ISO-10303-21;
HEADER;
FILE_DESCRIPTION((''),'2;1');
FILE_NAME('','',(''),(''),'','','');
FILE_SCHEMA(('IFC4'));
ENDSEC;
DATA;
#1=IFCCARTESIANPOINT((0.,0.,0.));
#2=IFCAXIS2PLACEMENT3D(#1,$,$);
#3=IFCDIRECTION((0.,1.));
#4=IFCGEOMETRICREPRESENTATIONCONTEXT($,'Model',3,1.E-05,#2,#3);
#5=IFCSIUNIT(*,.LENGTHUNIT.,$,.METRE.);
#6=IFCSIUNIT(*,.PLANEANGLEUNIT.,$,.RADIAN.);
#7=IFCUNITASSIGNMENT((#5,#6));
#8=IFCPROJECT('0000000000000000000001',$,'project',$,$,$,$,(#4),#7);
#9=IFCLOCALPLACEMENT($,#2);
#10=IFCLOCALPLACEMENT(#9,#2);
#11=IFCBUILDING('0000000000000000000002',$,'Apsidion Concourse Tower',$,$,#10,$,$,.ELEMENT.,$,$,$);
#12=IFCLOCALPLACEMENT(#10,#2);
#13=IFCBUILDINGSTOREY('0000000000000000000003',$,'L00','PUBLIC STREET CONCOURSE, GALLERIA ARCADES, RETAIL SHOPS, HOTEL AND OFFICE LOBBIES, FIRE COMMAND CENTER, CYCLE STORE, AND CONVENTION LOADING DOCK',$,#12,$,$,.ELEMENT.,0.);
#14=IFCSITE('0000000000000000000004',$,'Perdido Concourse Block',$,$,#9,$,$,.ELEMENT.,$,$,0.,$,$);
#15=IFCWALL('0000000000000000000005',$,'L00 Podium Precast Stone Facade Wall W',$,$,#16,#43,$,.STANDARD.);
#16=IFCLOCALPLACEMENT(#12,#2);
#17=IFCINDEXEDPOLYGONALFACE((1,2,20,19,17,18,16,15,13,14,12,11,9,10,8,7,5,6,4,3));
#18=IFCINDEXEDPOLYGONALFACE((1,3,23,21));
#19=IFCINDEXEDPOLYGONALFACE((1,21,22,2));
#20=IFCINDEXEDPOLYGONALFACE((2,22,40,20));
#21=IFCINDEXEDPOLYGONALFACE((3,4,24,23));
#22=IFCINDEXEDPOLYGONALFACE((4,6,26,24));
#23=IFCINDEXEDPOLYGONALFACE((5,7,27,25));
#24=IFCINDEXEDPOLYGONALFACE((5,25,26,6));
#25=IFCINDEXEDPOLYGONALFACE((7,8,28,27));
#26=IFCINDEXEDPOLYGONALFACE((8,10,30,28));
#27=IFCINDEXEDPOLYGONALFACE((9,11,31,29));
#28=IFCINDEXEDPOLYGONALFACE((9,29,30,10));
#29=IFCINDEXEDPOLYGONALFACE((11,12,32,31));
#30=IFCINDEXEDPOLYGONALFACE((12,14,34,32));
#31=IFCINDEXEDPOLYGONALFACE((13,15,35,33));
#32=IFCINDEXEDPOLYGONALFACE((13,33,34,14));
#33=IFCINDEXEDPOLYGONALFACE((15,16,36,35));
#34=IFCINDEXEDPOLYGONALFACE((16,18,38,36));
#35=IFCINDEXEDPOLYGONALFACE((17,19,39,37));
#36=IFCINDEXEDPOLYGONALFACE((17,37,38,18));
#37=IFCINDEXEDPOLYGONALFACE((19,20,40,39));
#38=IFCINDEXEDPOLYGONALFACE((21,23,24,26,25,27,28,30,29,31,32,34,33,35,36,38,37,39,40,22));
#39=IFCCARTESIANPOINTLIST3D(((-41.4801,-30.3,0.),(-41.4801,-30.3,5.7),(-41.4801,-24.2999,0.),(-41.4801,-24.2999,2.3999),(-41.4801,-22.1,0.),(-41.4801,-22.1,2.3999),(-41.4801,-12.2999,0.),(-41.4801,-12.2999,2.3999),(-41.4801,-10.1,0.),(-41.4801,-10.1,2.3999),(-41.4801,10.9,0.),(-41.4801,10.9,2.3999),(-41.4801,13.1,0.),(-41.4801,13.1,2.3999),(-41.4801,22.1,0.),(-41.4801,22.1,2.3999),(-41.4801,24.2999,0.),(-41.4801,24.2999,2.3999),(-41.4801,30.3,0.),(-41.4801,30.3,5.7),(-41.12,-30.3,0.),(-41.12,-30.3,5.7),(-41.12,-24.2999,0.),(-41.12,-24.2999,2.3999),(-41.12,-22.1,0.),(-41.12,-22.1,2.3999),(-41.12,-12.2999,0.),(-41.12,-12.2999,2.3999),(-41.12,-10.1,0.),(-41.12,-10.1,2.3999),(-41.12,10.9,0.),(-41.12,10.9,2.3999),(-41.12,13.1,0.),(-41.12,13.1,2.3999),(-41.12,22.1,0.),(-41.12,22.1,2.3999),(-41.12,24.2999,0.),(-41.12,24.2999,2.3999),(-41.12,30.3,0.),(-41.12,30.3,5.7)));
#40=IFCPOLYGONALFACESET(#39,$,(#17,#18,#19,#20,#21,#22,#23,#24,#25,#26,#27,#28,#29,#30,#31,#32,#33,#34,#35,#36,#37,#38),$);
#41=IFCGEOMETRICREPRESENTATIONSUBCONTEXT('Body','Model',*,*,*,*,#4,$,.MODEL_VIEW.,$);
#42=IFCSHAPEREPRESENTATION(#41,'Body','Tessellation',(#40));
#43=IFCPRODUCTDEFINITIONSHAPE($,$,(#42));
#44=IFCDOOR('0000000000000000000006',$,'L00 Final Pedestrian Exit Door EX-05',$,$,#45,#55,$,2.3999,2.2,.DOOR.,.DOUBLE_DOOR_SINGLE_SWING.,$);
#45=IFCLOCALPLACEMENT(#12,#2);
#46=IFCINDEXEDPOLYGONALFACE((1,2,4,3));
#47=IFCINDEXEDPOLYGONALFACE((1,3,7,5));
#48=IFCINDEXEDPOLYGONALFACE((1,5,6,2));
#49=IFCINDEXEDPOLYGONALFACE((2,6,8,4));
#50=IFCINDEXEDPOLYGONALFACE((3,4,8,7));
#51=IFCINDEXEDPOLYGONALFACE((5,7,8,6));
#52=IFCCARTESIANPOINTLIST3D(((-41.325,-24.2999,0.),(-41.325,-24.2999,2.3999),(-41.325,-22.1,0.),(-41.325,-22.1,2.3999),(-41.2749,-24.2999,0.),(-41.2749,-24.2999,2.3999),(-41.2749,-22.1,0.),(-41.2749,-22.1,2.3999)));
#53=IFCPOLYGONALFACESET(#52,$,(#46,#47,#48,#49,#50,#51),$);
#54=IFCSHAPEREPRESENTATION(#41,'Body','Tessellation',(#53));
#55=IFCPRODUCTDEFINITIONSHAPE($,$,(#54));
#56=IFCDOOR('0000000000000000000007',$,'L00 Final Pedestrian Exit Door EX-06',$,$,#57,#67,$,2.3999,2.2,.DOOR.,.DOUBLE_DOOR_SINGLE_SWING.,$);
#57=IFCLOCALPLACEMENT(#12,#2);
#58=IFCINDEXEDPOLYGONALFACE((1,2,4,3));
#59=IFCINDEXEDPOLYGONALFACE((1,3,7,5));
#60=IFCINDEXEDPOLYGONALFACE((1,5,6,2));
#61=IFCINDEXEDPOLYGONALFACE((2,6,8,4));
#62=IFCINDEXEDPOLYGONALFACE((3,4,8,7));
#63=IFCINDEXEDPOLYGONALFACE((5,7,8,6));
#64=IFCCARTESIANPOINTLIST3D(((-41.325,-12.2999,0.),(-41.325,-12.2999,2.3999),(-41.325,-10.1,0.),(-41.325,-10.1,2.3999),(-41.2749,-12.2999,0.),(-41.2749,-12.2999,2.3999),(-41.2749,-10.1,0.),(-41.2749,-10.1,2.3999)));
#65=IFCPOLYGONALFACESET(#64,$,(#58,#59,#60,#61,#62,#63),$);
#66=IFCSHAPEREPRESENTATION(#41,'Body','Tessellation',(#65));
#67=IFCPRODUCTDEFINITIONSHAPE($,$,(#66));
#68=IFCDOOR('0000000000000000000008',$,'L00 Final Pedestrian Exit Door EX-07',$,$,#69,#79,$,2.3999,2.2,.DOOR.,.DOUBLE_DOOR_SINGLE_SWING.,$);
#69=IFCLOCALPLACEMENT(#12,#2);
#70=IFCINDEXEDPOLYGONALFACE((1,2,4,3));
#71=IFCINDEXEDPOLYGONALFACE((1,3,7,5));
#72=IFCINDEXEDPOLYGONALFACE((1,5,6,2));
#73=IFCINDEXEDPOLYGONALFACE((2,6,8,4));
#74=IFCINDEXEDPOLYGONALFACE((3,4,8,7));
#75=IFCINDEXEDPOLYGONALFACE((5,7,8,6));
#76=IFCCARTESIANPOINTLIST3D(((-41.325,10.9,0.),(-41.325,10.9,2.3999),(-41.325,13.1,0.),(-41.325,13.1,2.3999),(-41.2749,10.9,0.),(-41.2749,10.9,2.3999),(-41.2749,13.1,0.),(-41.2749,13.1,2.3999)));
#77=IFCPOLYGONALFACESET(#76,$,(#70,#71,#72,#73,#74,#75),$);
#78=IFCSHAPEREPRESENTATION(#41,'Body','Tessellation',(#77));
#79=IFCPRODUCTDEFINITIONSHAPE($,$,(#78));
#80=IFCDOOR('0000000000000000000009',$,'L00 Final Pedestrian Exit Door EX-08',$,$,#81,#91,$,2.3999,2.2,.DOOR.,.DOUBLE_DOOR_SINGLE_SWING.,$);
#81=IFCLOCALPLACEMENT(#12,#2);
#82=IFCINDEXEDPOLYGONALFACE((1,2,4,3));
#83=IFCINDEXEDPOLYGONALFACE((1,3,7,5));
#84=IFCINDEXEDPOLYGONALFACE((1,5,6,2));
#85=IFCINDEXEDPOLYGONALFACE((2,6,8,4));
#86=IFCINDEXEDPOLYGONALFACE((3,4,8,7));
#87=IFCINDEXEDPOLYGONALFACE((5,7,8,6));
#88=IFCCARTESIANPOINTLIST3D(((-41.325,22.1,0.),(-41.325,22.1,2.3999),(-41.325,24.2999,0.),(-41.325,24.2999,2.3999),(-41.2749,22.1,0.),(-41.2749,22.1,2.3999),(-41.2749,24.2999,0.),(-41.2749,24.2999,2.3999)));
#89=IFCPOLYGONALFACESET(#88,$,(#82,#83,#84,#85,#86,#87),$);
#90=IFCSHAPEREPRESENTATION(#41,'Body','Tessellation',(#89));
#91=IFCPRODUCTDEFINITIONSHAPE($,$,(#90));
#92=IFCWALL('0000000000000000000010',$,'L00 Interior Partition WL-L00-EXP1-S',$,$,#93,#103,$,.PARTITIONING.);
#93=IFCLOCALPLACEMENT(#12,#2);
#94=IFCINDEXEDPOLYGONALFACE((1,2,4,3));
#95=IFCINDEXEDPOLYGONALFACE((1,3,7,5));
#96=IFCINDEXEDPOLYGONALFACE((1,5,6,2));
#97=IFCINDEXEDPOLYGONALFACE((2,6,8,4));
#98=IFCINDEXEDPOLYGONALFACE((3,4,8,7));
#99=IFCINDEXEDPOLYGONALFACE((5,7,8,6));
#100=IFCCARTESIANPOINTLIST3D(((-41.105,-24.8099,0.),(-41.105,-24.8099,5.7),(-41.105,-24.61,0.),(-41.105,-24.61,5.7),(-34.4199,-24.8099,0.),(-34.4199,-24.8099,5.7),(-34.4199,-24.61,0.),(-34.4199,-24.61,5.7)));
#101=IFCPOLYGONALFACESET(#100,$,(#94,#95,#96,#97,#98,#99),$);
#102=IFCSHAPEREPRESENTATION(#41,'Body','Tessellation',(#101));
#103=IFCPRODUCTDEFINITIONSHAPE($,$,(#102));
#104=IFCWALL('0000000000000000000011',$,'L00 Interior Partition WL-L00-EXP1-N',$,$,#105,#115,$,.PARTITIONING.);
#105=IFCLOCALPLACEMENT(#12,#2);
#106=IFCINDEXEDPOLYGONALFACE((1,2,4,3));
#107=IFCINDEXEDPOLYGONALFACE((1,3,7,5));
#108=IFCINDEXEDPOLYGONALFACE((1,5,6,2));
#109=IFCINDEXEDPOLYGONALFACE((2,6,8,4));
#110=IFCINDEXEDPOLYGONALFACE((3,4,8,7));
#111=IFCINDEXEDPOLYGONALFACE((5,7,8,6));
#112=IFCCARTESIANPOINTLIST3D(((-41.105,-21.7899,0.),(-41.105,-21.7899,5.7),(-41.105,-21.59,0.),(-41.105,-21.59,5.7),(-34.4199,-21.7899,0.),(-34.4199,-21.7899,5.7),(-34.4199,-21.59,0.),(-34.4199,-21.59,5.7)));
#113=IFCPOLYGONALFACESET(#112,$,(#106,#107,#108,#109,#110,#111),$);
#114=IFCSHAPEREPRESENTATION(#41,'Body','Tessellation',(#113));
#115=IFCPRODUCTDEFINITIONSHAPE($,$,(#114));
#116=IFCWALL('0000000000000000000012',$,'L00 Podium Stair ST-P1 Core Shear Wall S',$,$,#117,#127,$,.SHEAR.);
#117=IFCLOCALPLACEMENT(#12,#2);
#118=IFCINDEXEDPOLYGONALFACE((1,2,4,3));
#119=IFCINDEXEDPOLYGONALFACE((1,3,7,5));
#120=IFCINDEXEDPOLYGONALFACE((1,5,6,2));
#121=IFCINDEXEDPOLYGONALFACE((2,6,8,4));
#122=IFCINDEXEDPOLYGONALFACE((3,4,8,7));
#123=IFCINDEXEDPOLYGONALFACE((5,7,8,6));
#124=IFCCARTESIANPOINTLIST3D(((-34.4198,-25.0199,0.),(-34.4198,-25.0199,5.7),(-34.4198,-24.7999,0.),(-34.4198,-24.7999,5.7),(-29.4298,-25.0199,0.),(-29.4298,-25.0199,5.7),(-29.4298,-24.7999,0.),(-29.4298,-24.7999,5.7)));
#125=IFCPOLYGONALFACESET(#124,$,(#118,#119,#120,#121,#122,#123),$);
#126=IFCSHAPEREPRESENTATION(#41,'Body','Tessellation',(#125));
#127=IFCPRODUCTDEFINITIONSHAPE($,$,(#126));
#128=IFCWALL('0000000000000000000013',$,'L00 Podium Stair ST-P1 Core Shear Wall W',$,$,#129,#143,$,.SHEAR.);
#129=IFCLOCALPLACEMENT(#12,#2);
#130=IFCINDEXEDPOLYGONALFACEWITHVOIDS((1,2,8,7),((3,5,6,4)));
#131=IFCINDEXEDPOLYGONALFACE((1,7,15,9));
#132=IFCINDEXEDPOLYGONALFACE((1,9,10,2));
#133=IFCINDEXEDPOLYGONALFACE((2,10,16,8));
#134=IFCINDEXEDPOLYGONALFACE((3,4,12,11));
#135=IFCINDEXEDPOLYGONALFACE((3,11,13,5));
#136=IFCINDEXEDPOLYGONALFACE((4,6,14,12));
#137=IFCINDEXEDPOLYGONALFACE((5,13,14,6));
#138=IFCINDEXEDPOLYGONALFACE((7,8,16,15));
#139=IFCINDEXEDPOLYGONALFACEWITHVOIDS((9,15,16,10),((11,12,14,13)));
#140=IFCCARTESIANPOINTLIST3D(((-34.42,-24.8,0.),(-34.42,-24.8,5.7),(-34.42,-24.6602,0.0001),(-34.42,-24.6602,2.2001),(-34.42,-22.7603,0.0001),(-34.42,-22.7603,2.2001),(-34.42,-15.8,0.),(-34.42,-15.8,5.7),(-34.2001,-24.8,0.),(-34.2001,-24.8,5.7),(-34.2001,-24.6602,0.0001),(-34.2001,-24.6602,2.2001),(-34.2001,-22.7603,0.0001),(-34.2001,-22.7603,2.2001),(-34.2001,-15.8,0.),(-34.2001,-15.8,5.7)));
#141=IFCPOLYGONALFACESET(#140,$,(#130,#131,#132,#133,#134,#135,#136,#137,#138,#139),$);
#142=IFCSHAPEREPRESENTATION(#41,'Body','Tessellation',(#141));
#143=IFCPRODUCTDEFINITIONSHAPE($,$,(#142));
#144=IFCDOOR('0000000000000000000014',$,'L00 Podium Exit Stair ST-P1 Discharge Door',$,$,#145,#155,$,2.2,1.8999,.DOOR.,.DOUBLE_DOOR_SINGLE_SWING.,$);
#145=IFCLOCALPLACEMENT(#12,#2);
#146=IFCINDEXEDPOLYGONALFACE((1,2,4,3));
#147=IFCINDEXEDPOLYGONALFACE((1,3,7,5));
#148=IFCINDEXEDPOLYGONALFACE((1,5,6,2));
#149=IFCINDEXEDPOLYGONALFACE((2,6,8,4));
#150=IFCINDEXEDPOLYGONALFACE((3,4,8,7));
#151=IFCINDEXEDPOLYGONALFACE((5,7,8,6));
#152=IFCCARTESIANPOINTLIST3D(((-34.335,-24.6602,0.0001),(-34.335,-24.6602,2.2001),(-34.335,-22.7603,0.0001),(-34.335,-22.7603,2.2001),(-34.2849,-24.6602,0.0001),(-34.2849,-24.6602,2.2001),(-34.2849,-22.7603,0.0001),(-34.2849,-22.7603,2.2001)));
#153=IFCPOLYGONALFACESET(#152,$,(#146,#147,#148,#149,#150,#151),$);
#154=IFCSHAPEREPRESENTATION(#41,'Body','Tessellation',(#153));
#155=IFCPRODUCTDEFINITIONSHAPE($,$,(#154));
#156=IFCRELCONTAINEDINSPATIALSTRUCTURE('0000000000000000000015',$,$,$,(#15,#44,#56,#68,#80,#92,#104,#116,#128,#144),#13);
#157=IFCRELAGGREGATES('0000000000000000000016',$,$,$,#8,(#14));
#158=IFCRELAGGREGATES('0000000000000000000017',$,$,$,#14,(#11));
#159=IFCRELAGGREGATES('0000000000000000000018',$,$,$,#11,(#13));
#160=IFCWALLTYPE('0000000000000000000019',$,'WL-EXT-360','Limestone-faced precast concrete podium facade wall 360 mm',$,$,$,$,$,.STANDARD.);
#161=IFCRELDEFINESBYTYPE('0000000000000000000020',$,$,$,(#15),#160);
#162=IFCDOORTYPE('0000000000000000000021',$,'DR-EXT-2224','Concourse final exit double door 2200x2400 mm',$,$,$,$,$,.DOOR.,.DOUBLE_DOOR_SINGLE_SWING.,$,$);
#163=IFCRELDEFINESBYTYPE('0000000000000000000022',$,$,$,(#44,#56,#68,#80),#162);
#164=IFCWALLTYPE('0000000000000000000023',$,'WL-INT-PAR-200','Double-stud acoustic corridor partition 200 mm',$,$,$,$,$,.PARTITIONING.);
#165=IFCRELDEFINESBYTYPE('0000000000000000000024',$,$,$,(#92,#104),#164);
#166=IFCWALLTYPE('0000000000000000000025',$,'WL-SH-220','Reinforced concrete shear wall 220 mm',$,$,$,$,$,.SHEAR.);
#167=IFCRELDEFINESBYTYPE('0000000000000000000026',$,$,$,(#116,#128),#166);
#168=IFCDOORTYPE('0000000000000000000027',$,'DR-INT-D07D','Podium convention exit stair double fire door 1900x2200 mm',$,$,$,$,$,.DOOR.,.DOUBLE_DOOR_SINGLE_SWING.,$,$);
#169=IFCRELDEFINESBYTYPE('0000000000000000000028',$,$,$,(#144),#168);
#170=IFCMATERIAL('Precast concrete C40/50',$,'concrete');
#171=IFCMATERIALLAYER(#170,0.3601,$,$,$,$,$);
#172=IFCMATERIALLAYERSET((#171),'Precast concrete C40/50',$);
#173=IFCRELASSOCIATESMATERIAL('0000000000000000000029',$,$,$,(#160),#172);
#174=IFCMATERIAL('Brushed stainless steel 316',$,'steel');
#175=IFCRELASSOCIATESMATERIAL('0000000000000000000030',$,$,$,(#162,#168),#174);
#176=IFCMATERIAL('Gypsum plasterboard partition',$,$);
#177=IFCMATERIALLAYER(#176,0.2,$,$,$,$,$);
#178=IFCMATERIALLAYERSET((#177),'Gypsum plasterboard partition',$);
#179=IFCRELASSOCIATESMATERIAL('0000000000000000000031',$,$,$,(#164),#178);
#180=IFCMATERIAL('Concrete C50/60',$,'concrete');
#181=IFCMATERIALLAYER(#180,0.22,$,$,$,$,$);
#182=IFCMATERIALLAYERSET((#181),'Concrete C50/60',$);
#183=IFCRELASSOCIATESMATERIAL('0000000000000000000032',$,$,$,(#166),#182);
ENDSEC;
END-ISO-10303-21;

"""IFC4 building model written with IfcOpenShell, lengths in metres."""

from ifc_helpers import new_model, si_unit, direction, frame, frame_2d, origin, place, context, subcontext, project, spatial, rectangle, extrude, material, layer, layer_set, type_object, element, fill, save


model = new_model("IFC4")

# Units and contexts
model_context = context("Model", 3, precision=1e-05, world=origin(), true_north=direction((0.0, 1.0)))
body_context = subcontext(model_context, "Body", "Model", "MODEL_VIEW")
ifc_project = project(units=[si_unit("LENGTHUNIT", "METRE"), si_unit("PLANEANGLEUNIT", "RADIAN")], contexts=[model_context])

# Site, building, storey
site_placement = place(None, origin())
site = spatial("IfcSite", under=ifc_project, at=site_placement, Name="Perdido Concourse Block", CompositionType="ELEMENT", RefElevation=0.0)
building_placement = place(site_placement, origin())
building = spatial("IfcBuilding", under=site, at=building_placement, Name="Apsidion Concourse Tower", CompositionType="ELEMENT")
storey_placement = place(building_placement, origin())
storey = spatial("IfcBuildingStorey", under=building, at=storey_placement, Name="L00", Description="PUBLIC STREET CONCOURSE, GALLERIA ARCADES, RETAIL SHOPS, HOTEL AND OFFICE LOBBIES, FIRE COMMAND CENTER, CYCLE STORE, AND CONVENTION LOADING DOCK", CompositionType="ELEMENT", Elevation=0.0)

# Shared definitions
ifc_material_1 = material(Name="Precast concrete C40/50", Category="concrete")

# Wall, openings, doors
ifc_layer_1 = layer(ifc_material_1, 0.3601)
ifc_layer_set_1 = layer_set([ifc_layer_1], Name="Precast concrete C40/50")
wall_type_1 = type_object("IfcWallType", Name="WL-EXT-360", Description="Limestone-faced precast concrete podium facade wall 360 mm", PredefinedType="STANDARD", material=ifc_layer_set_1)
wall_1_placement = place(storey_placement, frame((-41.3, -30.3, 0.0), z_axis=(0.0, 0.0, 1.0), x_axis=(0.0, 1.0, 0.0)))
wall_1 = element("IfcWall", 1, at=wall_1_placement, inside=storey, type_object=wall_type_1, Name="L00 Podium Precast Stone Facade Wall W", PredefinedType="STANDARD", context=body_context, shape_type="SweptSolid", body=[
    extrude(rectangle(XDim=60.6001, YDim=0.3601, at=frame_2d((30.3, 0.0))), origin(), (0.0, 0.0, 1.0), 5.7),
])
opening_1_placement = place(wall_1_placement, frame((6.0, 0.0, 0.0)))
opening_1 = element("IfcOpeningElement", 2, at=opening_1_placement, cuts=wall_1, PredefinedType="OPENING", context=body_context, shape_type="SweptSolid", body=[
    extrude(rectangle(XDim=2.2, YDim=2.3999, at=frame_2d((1.1001, 1.2))), frame((0.0, 0.1899, 0.0), z_axis=(0.0, -1.0, 0.0), x_axis=(1.0, 0.0, 0.0)), (0.0, 0.0, 1.0), 0.3801),
])
opening_2_placement = place(wall_1_placement, frame((18.0, 0.0, 0.0)))
opening_2 = element("IfcOpeningElement", 3, at=opening_2_placement, cuts=wall_1, PredefinedType="OPENING", context=body_context, shape_type="SweptSolid", body=[
    extrude(rectangle(XDim=2.2, YDim=2.3999, at=frame_2d((1.1001, 1.2))), frame((0.0, 0.1899, 0.0), z_axis=(0.0, -1.0, 0.0), x_axis=(1.0, 0.0, 0.0)), (0.0, 0.0, 1.0), 0.3801),
])
opening_3_placement = place(wall_1_placement, frame((41.2, 0.0, 0.0)))
opening_3 = element("IfcOpeningElement", 4, at=opening_3_placement, cuts=wall_1, PredefinedType="OPENING", context=body_context, shape_type="SweptSolid", body=[
    extrude(rectangle(XDim=2.2, YDim=2.3999, at=frame_2d((1.1001, 1.2))), frame((0.0, 0.1899, 0.0), z_axis=(0.0, -1.0, 0.0), x_axis=(1.0, 0.0, 0.0)), (0.0, 0.0, 1.0), 0.3801),
])
opening_4_placement = place(wall_1_placement, frame((52.3999, 0.0, 0.0)))
opening_4 = element("IfcOpeningElement", 5, at=opening_4_placement, cuts=wall_1, PredefinedType="OPENING", context=body_context, shape_type="SweptSolid", body=[
    extrude(rectangle(XDim=2.2, YDim=2.3999, at=frame_2d((1.1001, 1.2))), frame((0.0, 0.1899, 0.0), z_axis=(0.0, -1.0, 0.0), x_axis=(1.0, 0.0, 0.0)), (0.0, 0.0, 1.0), 0.3801),
])
ifc_material_2 = material(Name="Brushed stainless steel 316", Category="steel")
door_type_1 = type_object("IfcDoorType", Name="DR-EXT-2224", Description="Concourse final exit double door 2200x2400 mm", OperationType="DOUBLE_DOOR_SINGLE_SWING", PredefinedType="DOOR", material=ifc_material_2)
door_1_placement = place(opening_1_placement, origin())
door_1 = element("IfcDoor", 6, at=door_1_placement, inside=storey, type_object=door_type_1, Name="L00 Final Pedestrian Exit Door EX-05", OperationType="DOUBLE_DOOR_SINGLE_SWING", OverallHeight=2.3999, OverallWidth=2.2, PredefinedType="DOOR", context=body_context, shape_type="SweptSolid", body=[
    extrude(rectangle(XDim=2.2, YDim=2.3999, at=frame_2d((1.1001, 1.2))), frame((0.0, 0.0249, 0.0), z_axis=(0.0, -1.0, 0.0), x_axis=(1.0, 0.0, 0.0)), (0.0, 0.0, 1.0), 0.05),
])
fill(opening_1, door_1)
door_2_placement = place(opening_2_placement, origin())
door_2 = element("IfcDoor", 7, at=door_2_placement, inside=storey, type_object=door_type_1, Name="L00 Final Pedestrian Exit Door EX-06", OperationType="DOUBLE_DOOR_SINGLE_SWING", OverallHeight=2.3999, OverallWidth=2.2, PredefinedType="DOOR", context=body_context, shape_type="SweptSolid", body=[
    extrude(rectangle(XDim=2.2, YDim=2.3999, at=frame_2d((1.1001, 1.2))), frame((0.0, 0.0249, 0.0), z_axis=(0.0, -1.0, 0.0), x_axis=(1.0, 0.0, 0.0)), (0.0, 0.0, 1.0), 0.05),
])
fill(opening_2, door_2)
door_3_placement = place(opening_3_placement, origin())
door_3 = element("IfcDoor", 8, at=door_3_placement, inside=storey, type_object=door_type_1, Name="L00 Final Pedestrian Exit Door EX-07", OperationType="DOUBLE_DOOR_SINGLE_SWING", OverallHeight=2.3999, OverallWidth=2.2, PredefinedType="DOOR", context=body_context, shape_type="SweptSolid", body=[
    extrude(rectangle(XDim=2.2, YDim=2.3999, at=frame_2d((1.1001, 1.2))), frame((0.0, 0.0249, 0.0), z_axis=(0.0, -1.0, 0.0), x_axis=(1.0, 0.0, 0.0)), (0.0, 0.0, 1.0), 0.05),
])
fill(opening_3, door_3)
door_4_placement = place(opening_4_placement, origin())
door_4 = element("IfcDoor", 9, at=door_4_placement, inside=storey, type_object=door_type_1, Name="L00 Final Pedestrian Exit Door EX-08", OperationType="DOUBLE_DOOR_SINGLE_SWING", OverallHeight=2.3999, OverallWidth=2.2, PredefinedType="DOOR", context=body_context, shape_type="SweptSolid", body=[
    extrude(rectangle(XDim=2.2, YDim=2.3999, at=frame_2d((1.1001, 1.2))), frame((0.0, 0.0249, 0.0), z_axis=(0.0, -1.0, 0.0), x_axis=(1.0, 0.0, 0.0)), (0.0, 0.0, 1.0), 0.05),
])
fill(opening_4, door_4)

# Walls
ifc_material_3 = material(Name="Gypsum plasterboard partition")
ifc_layer_2 = layer(ifc_material_3, 0.2)
ifc_layer_set_2 = layer_set([ifc_layer_2], Name="Gypsum plasterboard partition")
wall_type_2 = type_object("IfcWallType", Name="WL-INT-PAR-200", Description="Double-stud acoustic corridor partition 200 mm", PredefinedType="PARTITIONING", material=ifc_layer_set_2)
for number, where, z_axis, x_axis, name in (
    (10, (-41.105, -24.71, 0.0), (0.0, 0.0, 1.0), (1.0, 0.0, 0.0), "L00 Interior Partition WL-L00-EXP1-S"),
    (11, (-41.105, -21.6899, 0.0), (0.0, 0.0, 1.0), (1.0, 0.0, 0.0), "L00 Interior Partition WL-L00-EXP1-N"),
):
    element("IfcWall", number, at=place(storey_placement, frame(where, z_axis=z_axis, x_axis=x_axis)), inside=storey, type_object=wall_type_2, Name=name, PredefinedType="PARTITIONING", context=body_context, shape_type="SweptSolid", body=[
        extrude(rectangle(XDim=6.6851, YDim=0.2, at=frame_2d((3.3425, 0.0))), origin(), (0.0, 0.0, 1.0), 5.7),
    ])
ifc_material_4 = material(Name="Concrete C50/60", Category="concrete")
ifc_layer_3 = layer(ifc_material_4, 0.22)
ifc_layer_set_3 = layer_set([ifc_layer_3], Name="Concrete C50/60")
wall_type_3 = type_object("IfcWallType", Name="WL-SH-220", Description="Reinforced concrete shear wall 220 mm", PredefinedType="SHEAR", material=ifc_layer_set_3)
wall_2_placement = place(storey_placement, frame((-34.4199, -24.9099, 0.0), z_axis=(0.0, 0.0, 1.0), x_axis=(1.0, 0.0, 0.0)))
element("IfcWall", 12, at=wall_2_placement, inside=storey, type_object=wall_type_3, Name="L00 Podium Stair ST-P1 Core Shear Wall S", PredefinedType="SHEAR", context=body_context, shape_type="SweptSolid", body=[
    extrude(rectangle(XDim=4.99, YDim=0.22, at=frame_2d((2.4951, 0.0))), origin(), (0.0, 0.0, 1.0), 5.7),
])

# Wall, opening, door
wall_3_placement = place(storey_placement, frame((-34.3101, -24.8, 0.0), z_axis=(0.0, 0.0, 1.0), x_axis=(0.0, 1.0, 0.0)))
wall_3 = element("IfcWall", 13, at=wall_3_placement, inside=storey, type_object=wall_type_3, Name="L00 Podium Stair ST-P1 Core Shear Wall W", PredefinedType="SHEAR", context=body_context, shape_type="SweptSolid", body=[
    extrude(rectangle(XDim=9.0, YDim=0.22, at=frame_2d((4.5, 0.0))), origin(), (0.0, 0.0, 1.0), 5.7),
])
opening_5_placement = place(wall_3_placement, frame((0.1399, 0.0, 0.0)))
opening_5 = element("IfcOpeningElement", 14, at=opening_5_placement, cuts=wall_3, PredefinedType="OPENING", context=body_context, shape_type="SweptSolid", body=[
    extrude(rectangle(XDim=1.8999, YDim=2.2, at=frame_2d((0.95, 1.1001))), frame((0.0, 0.1201, 0.0), z_axis=(0.0, -1.0, 0.0), x_axis=(1.0, 0.0, 0.0)), (0.0, 0.0, 1.0), 0.24),
])
door_type_2 = type_object("IfcDoorType", Name="DR-INT-D07D", Description="Podium convention exit stair double fire door 1900x2200 mm", OperationType="DOUBLE_DOOR_SINGLE_SWING", PredefinedType="DOOR", material=ifc_material_2)
door_5_placement = place(opening_5_placement, origin())
door_5 = element("IfcDoor", 15, at=door_5_placement, inside=storey, type_object=door_type_2, Name="L00 Podium Exit Stair ST-P1 Discharge Door", OperationType="DOUBLE_DOOR_SINGLE_SWING", OverallHeight=2.2, OverallWidth=1.8999, PredefinedType="DOOR", context=body_context, shape_type="SweptSolid", body=[
    extrude(rectangle(XDim=1.8999, YDim=2.2, at=frame_2d((0.95, 1.1001))), frame((0.0, 0.0249, 0.0), z_axis=(0.0, -1.0, 0.0), x_axis=(1.0, 0.0, 0.0)), (0.0, 0.0, 1.0), 0.05),
])
fill(opening_5, door_5)

save(model, "model.ifc")
